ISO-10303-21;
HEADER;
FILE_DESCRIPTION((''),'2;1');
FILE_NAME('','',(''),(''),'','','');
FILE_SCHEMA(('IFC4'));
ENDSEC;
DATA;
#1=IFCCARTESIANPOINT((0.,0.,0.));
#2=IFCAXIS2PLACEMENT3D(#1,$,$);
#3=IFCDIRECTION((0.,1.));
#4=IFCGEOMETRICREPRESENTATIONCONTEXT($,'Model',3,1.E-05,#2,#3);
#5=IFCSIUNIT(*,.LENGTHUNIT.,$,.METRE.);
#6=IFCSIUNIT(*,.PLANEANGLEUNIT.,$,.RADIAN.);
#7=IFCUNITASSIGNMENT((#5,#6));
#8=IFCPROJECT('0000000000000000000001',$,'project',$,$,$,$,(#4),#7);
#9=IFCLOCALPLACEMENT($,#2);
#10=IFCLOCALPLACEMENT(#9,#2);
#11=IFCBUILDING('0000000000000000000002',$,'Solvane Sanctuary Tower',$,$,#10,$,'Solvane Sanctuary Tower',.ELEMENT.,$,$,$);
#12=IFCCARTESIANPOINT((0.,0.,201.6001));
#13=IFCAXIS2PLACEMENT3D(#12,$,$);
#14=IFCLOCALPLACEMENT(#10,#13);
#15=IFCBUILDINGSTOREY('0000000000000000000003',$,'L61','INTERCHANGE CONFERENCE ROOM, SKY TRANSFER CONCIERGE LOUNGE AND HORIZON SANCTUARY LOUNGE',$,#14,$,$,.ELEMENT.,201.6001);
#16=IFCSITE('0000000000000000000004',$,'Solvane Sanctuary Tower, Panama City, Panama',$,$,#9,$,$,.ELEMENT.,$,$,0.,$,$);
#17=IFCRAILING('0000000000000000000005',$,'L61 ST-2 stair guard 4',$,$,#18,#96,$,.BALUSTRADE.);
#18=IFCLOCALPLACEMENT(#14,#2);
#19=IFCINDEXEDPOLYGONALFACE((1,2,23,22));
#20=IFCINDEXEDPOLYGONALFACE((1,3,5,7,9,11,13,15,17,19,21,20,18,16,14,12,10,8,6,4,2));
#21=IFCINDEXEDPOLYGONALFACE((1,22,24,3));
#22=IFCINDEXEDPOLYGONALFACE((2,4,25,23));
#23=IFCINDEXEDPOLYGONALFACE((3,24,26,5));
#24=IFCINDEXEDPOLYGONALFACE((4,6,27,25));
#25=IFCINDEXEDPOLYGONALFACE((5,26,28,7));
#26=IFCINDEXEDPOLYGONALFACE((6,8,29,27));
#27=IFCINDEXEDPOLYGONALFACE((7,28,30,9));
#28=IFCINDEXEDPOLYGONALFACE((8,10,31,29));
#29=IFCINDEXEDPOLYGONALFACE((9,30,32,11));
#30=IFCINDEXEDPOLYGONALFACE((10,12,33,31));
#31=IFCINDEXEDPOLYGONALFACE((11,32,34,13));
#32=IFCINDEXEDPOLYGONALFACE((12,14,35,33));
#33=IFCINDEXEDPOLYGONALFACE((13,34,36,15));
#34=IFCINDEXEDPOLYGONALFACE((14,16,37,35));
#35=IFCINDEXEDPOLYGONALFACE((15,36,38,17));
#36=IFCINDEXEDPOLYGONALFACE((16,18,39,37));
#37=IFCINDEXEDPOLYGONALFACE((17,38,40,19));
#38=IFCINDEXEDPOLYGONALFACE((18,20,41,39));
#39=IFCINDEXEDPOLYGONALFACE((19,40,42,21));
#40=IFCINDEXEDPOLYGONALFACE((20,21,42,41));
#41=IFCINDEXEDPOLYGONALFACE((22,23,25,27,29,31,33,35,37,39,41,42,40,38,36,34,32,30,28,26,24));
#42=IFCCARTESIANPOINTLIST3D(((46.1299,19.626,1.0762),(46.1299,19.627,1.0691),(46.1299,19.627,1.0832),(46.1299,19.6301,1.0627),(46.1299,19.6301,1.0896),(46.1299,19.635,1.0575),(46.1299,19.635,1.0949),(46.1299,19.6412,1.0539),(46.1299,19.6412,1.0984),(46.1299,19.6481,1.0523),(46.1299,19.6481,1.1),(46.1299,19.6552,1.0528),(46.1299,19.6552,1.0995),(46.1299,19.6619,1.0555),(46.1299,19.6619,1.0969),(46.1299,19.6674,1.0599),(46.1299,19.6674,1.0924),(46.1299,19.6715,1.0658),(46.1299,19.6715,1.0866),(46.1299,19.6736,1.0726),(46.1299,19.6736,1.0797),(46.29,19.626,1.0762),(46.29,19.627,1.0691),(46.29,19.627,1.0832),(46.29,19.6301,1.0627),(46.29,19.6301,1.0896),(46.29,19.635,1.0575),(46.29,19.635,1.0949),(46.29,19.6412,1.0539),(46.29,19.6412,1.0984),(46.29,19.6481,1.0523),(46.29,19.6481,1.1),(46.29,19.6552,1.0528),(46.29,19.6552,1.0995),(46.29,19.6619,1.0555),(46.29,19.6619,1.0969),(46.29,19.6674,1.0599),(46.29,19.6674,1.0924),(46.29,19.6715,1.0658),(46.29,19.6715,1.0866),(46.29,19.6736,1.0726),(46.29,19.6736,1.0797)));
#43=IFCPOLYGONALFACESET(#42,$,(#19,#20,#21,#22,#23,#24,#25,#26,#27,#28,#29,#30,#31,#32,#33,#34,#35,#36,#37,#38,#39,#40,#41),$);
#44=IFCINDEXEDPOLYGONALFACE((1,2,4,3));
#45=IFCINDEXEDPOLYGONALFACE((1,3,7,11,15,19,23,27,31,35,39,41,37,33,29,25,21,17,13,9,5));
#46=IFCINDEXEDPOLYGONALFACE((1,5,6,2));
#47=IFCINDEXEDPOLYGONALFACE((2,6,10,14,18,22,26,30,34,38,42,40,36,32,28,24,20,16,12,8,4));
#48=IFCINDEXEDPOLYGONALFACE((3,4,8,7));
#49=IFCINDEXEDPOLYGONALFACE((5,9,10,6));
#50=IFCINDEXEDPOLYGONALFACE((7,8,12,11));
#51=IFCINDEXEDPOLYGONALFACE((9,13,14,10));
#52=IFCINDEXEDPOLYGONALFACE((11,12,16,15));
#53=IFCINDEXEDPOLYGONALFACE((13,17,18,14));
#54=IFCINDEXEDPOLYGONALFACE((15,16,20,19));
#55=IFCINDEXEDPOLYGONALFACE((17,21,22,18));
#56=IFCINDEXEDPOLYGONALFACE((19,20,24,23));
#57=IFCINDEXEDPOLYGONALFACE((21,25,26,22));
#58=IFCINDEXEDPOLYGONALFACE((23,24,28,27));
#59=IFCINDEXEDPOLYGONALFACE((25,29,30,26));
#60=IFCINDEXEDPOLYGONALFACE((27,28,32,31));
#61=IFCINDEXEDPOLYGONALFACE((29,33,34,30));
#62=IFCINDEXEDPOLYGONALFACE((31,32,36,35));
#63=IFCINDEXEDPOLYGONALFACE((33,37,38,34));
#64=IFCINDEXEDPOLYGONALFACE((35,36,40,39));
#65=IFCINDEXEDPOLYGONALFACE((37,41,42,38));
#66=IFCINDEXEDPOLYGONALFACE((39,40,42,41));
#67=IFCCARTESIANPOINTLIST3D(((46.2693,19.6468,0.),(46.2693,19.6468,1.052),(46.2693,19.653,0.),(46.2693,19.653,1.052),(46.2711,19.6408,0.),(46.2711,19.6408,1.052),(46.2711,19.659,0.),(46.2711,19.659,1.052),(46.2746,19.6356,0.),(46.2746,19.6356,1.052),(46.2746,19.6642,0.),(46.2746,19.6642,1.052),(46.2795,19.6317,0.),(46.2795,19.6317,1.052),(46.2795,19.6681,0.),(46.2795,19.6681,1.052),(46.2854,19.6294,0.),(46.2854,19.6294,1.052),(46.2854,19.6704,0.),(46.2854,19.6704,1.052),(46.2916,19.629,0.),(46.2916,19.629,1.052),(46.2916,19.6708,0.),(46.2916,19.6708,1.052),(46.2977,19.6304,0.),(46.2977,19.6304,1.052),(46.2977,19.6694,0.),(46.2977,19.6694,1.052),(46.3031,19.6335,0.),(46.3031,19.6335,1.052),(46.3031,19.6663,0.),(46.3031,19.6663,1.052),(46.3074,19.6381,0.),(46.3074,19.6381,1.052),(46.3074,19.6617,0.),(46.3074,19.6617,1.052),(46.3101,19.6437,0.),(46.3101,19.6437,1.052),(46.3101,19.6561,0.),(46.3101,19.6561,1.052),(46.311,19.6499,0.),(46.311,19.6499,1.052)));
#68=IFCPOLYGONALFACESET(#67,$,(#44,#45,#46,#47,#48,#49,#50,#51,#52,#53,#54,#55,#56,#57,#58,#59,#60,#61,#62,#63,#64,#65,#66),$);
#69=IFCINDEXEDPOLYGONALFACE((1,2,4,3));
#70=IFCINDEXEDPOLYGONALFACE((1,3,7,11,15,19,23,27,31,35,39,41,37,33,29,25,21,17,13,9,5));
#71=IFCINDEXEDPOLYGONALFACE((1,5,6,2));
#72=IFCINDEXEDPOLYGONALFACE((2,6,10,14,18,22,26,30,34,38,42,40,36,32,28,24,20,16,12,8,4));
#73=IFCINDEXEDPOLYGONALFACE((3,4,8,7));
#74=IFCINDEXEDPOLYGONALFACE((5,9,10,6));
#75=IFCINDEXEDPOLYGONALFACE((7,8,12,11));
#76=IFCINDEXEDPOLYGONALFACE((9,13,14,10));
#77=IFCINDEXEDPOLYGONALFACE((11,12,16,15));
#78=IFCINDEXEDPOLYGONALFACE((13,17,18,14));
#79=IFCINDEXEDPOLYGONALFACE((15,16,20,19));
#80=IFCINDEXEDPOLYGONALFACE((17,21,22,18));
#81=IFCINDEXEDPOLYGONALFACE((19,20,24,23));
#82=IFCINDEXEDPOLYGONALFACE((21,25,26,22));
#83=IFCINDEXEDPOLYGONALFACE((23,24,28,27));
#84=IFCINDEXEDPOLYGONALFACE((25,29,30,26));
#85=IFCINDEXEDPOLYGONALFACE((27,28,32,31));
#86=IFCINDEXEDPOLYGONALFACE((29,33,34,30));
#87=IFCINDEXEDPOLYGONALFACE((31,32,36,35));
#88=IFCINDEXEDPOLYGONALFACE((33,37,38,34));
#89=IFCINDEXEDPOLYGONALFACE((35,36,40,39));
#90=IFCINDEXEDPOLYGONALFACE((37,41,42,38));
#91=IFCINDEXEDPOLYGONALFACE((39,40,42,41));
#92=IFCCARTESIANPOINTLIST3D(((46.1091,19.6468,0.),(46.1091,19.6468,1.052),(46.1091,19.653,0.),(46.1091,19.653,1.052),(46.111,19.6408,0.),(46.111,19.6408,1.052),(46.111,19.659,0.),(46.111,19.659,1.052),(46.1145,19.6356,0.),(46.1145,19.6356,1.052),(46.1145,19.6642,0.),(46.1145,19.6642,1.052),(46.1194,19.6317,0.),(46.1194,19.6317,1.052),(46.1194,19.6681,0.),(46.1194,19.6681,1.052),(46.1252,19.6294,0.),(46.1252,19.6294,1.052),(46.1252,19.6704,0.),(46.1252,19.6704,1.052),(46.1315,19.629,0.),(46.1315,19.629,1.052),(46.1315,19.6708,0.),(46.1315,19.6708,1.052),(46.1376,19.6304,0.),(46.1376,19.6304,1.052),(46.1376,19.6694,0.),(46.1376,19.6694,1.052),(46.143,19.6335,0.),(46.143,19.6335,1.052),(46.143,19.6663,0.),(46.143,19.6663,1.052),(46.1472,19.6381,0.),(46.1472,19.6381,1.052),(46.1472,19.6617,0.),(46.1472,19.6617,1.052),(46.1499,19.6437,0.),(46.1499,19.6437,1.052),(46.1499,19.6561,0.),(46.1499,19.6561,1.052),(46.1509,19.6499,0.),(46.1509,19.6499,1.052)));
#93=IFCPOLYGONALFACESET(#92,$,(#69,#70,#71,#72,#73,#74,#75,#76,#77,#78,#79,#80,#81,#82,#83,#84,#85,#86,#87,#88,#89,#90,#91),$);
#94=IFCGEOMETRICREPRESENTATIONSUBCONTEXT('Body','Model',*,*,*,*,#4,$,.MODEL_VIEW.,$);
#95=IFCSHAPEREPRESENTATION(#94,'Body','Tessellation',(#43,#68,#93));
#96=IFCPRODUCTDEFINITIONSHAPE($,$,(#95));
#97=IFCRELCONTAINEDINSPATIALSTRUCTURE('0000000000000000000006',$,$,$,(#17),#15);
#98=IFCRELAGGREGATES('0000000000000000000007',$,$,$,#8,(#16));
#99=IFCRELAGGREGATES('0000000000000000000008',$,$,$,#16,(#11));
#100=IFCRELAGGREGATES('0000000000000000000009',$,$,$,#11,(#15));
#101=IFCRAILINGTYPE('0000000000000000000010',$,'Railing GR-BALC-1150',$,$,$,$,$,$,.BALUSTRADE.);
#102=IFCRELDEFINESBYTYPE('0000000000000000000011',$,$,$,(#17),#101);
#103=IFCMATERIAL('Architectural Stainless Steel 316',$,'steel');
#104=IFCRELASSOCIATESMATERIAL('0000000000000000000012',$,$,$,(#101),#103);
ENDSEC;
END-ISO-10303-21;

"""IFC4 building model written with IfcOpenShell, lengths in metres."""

from ifc_helpers import new_model, si_unit, direction, frame, origin, origin_2d, place, context, subcontext, project, spatial, circle, extrude, material, type_object, element, save


model = new_model("IFC4")

# Units and contexts
model_context = context("Model", 3, precision=1e-05, world=origin(), true_north=direction((0.0, 1.0)))
body_context = subcontext(model_context, "Body", "Model", "MODEL_VIEW")
ifc_project = project(units=[si_unit("LENGTHUNIT", "METRE"), si_unit("PLANEANGLEUNIT", "RADIAN")], contexts=[model_context])

# Site, building, storey
site_placement = place(None, origin())
site = spatial("IfcSite", under=ifc_project, at=site_placement, Name="Solvane Sanctuary Tower, Panama City, Panama", CompositionType="ELEMENT", RefElevation=0.0)
building_placement = place(site_placement, origin())
building = spatial("IfcBuilding", under=site, at=building_placement, Name="Solvane Sanctuary Tower", LongName="Solvane Sanctuary Tower", CompositionType="ELEMENT")
storey_placement = place(building_placement, frame((0.0, 0.0, 201.6001)))
storey = spatial("IfcBuildingStorey", under=building, at=storey_placement, Name="L61", Description="INTERCHANGE CONFERENCE ROOM, SKY TRANSFER CONCIERGE LOUNGE AND HORIZON SANCTUARY LOUNGE", CompositionType="ELEMENT", Elevation=201.6001)

# Railing
ifc_material_1 = material(Name="Architectural Stainless Steel 316", Category="steel")
railing_type_1 = type_object("IfcRailingType", Name="Railing GR-BALC-1150", PredefinedType="BALUSTRADE", material=ifc_material_1)
railing_1_placement = place(storey_placement, frame((46.29, 19.6499, 0.0)))
element("IfcRailing", 1, at=railing_1_placement, inside=storey, type_object=railing_type_1, Name="L61 ST-2 stair guard 4", PredefinedType="BALUSTRADE", context=body_context, shape_type="SweptSolid", body=[
    extrude(circle(Radius=0.0239, at=origin_2d()), frame((0.0, 0.0, 1.0762), z_axis=(-1.0, 0.0, 0.0), x_axis=(0.0, -1.0, 0.0)), (0.0, 0.0, 1.0), 0.1602),
    extrude(circle(Radius=0.021, at=origin_2d()), origin(), (0.0, 0.0, 1.0), 1.052),
    extrude(circle(Radius=0.021, at=origin_2d()), frame((-0.1602, 0.0, 0.0)), (0.0, 0.0, 1.0), 1.052),
])

save(model, "model.ifc")
